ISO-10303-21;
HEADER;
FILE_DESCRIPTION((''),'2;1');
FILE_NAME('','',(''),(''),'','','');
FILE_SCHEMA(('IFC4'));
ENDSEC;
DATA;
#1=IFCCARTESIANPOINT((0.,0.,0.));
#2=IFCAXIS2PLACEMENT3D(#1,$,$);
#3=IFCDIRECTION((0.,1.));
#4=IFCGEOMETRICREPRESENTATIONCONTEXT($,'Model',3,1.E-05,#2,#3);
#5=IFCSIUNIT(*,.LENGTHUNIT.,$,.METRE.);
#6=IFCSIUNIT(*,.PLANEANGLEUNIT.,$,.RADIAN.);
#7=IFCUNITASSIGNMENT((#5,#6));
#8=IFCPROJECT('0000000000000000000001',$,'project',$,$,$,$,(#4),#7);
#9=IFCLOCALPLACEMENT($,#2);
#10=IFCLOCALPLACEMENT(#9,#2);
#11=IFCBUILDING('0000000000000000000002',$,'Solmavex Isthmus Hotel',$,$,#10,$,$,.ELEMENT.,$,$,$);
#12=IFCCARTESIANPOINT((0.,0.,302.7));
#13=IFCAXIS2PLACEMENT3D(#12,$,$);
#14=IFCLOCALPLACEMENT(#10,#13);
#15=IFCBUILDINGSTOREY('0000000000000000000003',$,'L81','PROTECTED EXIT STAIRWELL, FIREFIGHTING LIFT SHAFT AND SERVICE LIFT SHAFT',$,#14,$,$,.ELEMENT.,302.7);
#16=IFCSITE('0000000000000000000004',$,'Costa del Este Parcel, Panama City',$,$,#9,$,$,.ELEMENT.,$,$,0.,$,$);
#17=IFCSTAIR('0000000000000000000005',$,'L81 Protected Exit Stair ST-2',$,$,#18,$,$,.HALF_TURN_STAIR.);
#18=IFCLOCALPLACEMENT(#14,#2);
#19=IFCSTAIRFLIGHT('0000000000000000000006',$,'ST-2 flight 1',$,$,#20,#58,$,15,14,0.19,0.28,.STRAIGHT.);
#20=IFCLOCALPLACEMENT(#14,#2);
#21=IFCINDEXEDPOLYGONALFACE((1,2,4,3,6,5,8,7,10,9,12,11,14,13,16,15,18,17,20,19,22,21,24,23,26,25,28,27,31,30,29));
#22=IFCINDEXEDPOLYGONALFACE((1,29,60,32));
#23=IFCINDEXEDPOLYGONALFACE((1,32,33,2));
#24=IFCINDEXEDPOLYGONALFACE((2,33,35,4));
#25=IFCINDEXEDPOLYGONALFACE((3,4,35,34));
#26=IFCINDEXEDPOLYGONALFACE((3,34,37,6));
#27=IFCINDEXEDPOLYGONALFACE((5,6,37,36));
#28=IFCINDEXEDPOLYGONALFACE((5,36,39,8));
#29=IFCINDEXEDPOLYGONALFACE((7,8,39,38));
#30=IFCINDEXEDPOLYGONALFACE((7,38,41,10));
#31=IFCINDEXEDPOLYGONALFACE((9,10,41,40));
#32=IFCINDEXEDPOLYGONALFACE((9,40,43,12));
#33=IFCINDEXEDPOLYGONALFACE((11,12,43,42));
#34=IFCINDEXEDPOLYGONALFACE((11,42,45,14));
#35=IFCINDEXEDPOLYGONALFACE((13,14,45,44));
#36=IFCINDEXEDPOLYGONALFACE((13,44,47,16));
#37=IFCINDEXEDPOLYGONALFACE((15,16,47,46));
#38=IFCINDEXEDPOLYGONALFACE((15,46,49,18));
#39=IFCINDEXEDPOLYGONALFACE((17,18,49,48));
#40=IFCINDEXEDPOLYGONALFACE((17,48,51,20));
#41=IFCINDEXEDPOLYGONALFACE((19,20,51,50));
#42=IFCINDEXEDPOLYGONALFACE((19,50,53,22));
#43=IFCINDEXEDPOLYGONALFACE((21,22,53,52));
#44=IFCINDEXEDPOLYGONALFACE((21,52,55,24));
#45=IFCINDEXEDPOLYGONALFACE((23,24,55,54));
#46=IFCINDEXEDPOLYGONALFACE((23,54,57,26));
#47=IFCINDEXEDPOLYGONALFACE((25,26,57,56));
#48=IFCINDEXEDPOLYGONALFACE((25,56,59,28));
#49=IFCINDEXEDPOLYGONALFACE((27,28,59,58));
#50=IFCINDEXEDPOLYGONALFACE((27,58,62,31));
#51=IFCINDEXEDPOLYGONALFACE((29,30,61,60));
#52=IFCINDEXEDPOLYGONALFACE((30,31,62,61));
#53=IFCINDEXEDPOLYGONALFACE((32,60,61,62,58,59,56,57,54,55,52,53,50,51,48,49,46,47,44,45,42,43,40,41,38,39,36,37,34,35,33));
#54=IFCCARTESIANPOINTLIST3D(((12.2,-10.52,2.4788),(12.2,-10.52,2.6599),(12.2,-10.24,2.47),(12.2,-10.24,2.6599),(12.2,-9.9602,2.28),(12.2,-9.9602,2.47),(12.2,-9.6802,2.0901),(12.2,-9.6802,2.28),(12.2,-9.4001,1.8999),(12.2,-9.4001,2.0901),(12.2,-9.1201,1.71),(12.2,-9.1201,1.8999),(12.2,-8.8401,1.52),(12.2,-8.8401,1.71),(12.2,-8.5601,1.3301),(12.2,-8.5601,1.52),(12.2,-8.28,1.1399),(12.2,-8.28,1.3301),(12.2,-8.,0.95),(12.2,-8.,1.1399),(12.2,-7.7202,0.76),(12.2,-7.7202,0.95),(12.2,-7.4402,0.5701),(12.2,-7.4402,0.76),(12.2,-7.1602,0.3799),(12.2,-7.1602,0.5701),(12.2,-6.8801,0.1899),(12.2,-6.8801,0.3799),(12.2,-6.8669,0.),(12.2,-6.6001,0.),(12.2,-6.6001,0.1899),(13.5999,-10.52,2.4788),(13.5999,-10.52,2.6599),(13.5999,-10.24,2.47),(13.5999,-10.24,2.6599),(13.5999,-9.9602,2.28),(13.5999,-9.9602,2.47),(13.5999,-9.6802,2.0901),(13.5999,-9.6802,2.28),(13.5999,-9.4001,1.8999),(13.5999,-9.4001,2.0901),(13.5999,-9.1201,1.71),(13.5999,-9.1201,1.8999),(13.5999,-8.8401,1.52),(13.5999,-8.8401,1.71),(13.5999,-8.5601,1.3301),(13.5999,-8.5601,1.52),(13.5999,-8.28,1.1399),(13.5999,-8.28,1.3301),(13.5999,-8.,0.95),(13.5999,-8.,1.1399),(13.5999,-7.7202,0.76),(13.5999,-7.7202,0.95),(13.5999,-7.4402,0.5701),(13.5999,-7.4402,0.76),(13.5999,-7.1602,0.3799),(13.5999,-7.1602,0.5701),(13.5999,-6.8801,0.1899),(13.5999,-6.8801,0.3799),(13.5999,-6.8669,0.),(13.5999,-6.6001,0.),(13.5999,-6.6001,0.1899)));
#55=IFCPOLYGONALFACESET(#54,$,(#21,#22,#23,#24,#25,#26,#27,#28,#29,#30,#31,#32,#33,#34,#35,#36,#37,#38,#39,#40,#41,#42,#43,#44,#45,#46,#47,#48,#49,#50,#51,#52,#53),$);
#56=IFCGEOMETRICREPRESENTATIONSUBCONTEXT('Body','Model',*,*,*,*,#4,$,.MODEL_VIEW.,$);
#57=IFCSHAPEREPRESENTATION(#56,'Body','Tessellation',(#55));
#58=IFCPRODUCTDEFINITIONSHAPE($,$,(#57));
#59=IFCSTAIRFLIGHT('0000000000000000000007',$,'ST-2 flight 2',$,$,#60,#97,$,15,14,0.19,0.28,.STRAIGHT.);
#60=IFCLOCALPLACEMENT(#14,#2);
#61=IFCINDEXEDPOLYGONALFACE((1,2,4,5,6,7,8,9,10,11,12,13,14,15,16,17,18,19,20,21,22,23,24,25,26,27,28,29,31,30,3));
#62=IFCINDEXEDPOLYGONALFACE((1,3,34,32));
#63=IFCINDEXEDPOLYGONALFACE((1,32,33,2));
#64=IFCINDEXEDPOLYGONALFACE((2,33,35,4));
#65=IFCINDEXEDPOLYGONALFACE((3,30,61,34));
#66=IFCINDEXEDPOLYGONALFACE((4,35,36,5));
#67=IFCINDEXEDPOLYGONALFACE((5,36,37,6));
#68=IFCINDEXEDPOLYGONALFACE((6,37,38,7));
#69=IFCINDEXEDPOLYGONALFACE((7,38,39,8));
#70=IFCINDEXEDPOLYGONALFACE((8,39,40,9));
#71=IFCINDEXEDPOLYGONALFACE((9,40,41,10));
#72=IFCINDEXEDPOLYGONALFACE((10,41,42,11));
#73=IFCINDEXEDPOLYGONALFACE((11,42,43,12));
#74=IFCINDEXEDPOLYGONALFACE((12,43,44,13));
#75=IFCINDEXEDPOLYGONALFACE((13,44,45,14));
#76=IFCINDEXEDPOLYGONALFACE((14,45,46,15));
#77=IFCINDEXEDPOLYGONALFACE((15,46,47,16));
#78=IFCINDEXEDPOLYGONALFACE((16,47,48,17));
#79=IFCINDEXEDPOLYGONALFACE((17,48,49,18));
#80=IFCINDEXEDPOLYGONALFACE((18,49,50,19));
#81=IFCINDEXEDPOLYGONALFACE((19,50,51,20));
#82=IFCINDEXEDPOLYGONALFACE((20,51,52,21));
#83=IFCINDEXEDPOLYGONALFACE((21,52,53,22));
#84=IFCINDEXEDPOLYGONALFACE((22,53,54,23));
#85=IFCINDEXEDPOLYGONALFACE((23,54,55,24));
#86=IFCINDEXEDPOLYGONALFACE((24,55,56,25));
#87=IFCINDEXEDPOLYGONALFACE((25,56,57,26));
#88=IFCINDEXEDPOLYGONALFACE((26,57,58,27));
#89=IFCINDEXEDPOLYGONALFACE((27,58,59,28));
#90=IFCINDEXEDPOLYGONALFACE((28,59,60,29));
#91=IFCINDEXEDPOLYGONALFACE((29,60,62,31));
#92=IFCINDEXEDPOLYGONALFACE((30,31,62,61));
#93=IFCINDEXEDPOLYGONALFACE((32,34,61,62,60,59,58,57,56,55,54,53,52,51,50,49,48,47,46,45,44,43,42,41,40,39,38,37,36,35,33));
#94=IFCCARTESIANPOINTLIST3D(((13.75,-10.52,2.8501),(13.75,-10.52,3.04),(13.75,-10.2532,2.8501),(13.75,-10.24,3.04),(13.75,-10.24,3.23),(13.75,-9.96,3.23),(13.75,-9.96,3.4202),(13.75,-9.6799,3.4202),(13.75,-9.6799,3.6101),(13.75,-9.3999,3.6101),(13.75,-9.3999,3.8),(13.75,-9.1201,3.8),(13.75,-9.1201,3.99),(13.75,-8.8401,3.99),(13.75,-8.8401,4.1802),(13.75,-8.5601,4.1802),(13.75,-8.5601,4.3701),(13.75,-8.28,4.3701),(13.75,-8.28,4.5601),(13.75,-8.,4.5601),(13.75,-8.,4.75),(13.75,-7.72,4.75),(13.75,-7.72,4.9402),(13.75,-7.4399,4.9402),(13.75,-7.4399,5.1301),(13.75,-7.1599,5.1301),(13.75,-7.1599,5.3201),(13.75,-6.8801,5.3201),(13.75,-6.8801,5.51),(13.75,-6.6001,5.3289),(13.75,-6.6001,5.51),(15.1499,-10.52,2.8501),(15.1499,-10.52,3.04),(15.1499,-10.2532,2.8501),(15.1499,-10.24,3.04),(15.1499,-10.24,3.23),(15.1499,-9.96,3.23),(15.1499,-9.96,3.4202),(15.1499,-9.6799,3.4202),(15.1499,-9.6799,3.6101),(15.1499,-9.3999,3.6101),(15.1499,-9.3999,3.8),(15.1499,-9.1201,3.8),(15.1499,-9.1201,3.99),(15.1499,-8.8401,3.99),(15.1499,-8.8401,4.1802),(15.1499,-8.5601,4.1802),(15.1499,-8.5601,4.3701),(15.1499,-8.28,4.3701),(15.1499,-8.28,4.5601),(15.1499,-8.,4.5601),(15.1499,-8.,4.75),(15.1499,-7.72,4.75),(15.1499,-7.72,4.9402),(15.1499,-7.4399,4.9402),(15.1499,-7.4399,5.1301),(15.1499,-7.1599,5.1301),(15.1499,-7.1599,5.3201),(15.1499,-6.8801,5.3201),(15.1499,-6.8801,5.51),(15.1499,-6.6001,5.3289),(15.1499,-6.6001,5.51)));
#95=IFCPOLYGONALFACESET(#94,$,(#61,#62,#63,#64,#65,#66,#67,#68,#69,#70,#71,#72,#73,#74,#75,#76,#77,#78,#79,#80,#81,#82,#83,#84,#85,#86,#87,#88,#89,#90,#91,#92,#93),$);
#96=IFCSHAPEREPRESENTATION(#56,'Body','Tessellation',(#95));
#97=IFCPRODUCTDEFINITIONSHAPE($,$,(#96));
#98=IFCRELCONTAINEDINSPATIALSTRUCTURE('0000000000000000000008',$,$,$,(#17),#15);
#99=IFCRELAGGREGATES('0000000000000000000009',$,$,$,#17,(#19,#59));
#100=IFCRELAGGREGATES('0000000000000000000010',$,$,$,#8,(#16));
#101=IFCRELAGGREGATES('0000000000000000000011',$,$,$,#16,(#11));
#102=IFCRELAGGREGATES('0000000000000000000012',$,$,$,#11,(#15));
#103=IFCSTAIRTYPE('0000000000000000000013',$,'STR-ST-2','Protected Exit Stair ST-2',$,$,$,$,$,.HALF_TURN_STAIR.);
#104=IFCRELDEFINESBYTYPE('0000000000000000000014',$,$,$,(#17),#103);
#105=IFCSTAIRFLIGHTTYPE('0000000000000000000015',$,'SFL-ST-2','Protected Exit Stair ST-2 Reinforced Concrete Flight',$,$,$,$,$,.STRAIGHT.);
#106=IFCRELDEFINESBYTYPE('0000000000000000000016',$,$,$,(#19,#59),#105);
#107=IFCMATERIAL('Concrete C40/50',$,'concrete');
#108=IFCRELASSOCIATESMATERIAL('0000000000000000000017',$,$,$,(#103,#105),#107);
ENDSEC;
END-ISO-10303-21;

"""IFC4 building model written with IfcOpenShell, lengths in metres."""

from ifc_helpers import new_model, si_unit, direction, frame, origin, place, context, subcontext, project, spatial, polyline, outline, extrude, material, type_object, element, aggregate, save


model = new_model("IFC4")

# Units and contexts
model_context = context("Model", 3, precision=1e-05, world=origin(), true_north=direction((0.0, 1.0)))
body_context = subcontext(model_context, "Body", "Model", "MODEL_VIEW")
ifc_project = project(units=[si_unit("LENGTHUNIT", "METRE"), si_unit("PLANEANGLEUNIT", "RADIAN")], contexts=[model_context])

# Site, building, storey
site_placement = place(None, origin())
site = spatial("IfcSite", under=ifc_project, at=site_placement, Name="Costa del Este Parcel, Panama City", CompositionType="ELEMENT", RefElevation=0.0)
building_placement = place(site_placement, origin())
building = spatial("IfcBuilding", under=site, at=building_placement, Name="Solmavex Isthmus Hotel", CompositionType="ELEMENT")
storey_placement = place(building_placement, frame((0.0, 0.0, 302.7)))
storey = spatial("IfcBuildingStorey", under=building, at=storey_placement, Name="L81", Description="PROTECTED EXIT STAIRWELL, FIREFIGHTING LIFT SHAFT AND SERVICE LIFT SHAFT", CompositionType="ELEMENT", Elevation=302.7)

# Shared definitions
ifc_material_1 = material(Name="Concrete C40/50", Category="concrete")

# Stair, stair flights
stair_type = type_object("IfcStairType", Name="STR-ST-2", Description="Protected Exit Stair ST-2", PredefinedType="HALF_TURN_STAIR", material=ifc_material_1)
stair_placement = place(storey_placement, origin())
stair = element("IfcStair", 1, at=stair_placement, inside=storey, type_object=stair_type, Name="L81 Protected Exit Stair ST-2", PredefinedType="HALF_TURN_STAIR")
stair_flight_type = type_object("IfcStairFlightType", Name="SFL-ST-2", Description="Protected Exit Stair ST-2 Reinforced Concrete Flight", PredefinedType="STRAIGHT", material=ifc_material_1)
stair_flight_1_placement = place(storey_placement, frame((12.8999, -6.6001, 0.0), z_axis=(0.0, 0.0, 1.0), x_axis=(0.0, -1.0, 0.0)))
stair_flight_1 = element("IfcStairFlight", 2, at=stair_flight_1_placement, type_object=stair_flight_type, Name="ST-2 flight 1", NumberOfRisers=15, NumberOfTreads=14, PredefinedType="STRAIGHT", RiserHeight=0.19, TreadLength=0.28, context=body_context, shape_type="SweptSolid", body=[
    extrude(outline(polyline([(0.0, 0.0), (0.0, 0.1899), (0.28, 0.1899), (0.28, 0.3799), (0.5601, 0.3799), (0.5601, 0.5701), (0.8401, 0.5701), (0.8401, 0.76), (1.1201, 0.76), (1.1201, 0.95), (1.3999, 0.95), (1.3999, 1.1399), (1.6799, 1.1399), (1.6799, 1.3301), (1.96, 1.3301), (1.96, 1.52), (2.24, 1.52), (2.24, 1.71), (2.52, 1.71), (2.52, 1.8999), (2.8, 1.8999), (2.8, 2.0901), (3.0801, 2.0901), (3.0801, 2.28), (3.3601, 2.28), (3.3601, 2.47), (3.6399, 2.47), (3.6399, 2.6599), (3.9199, 2.6599), (3.9199, 2.8501), (3.9199, 2.4788), (0.2668, 0.0), (0.0, 0.0)])), frame((0.0, 0.7, 0.0), z_axis=(0.0, -1.0, 0.0), x_axis=(1.0, 0.0, 0.0)), (0.0, 0.0, 1.0), 1.3999),
])
stair_flight_2_placement = place(storey_placement, frame((14.45, -10.52, 2.8501), z_axis=(0.0, 0.0, 1.0), x_axis=(0.0, 1.0, 0.0)))
stair_flight_2 = element("IfcStairFlight", 3, at=stair_flight_2_placement, type_object=stair_flight_type, Name="ST-2 flight 2", NumberOfRisers=15, NumberOfTreads=14, PredefinedType="STRAIGHT", RiserHeight=0.19, TreadLength=0.28, context=body_context, shape_type="SweptSolid", body=[
    extrude(outline(polyline([(0.0, 0.0), (0.0, 0.1899), (0.28, 0.1899), (0.28, 0.3799), (0.5601, 0.3799), (0.5601, 0.5701), (0.8401, 0.5701), (0.8401, 0.76), (1.1201, 0.76), (1.1201, 0.95), (1.3999, 0.95), (1.3999, 1.1399), (1.6799, 1.1399), (1.6799, 1.3301), (1.96, 1.3301), (1.96, 1.52), (2.24, 1.52), (2.24, 1.71), (2.52, 1.71), (2.52, 1.8999), (2.8, 1.8999), (2.8, 2.0901), (3.0801, 2.0901), (3.0801, 2.28), (3.3601, 2.28), (3.3601, 2.47), (3.6399, 2.47), (3.6399, 2.6599), (3.9199, 2.6599), (3.9199, 2.8501), (3.9199, 2.4788), (0.2668, 0.0), (0.0, 0.0)])), frame((0.0, 0.7, 0.0), z_axis=(0.0, -1.0, 0.0), x_axis=(1.0, 0.0, 0.0)), (0.0, 0.0, 1.0), 1.3999),
])
aggregate(stair, [stair_flight_1, stair_flight_2])

save(model, "model.ifc")
